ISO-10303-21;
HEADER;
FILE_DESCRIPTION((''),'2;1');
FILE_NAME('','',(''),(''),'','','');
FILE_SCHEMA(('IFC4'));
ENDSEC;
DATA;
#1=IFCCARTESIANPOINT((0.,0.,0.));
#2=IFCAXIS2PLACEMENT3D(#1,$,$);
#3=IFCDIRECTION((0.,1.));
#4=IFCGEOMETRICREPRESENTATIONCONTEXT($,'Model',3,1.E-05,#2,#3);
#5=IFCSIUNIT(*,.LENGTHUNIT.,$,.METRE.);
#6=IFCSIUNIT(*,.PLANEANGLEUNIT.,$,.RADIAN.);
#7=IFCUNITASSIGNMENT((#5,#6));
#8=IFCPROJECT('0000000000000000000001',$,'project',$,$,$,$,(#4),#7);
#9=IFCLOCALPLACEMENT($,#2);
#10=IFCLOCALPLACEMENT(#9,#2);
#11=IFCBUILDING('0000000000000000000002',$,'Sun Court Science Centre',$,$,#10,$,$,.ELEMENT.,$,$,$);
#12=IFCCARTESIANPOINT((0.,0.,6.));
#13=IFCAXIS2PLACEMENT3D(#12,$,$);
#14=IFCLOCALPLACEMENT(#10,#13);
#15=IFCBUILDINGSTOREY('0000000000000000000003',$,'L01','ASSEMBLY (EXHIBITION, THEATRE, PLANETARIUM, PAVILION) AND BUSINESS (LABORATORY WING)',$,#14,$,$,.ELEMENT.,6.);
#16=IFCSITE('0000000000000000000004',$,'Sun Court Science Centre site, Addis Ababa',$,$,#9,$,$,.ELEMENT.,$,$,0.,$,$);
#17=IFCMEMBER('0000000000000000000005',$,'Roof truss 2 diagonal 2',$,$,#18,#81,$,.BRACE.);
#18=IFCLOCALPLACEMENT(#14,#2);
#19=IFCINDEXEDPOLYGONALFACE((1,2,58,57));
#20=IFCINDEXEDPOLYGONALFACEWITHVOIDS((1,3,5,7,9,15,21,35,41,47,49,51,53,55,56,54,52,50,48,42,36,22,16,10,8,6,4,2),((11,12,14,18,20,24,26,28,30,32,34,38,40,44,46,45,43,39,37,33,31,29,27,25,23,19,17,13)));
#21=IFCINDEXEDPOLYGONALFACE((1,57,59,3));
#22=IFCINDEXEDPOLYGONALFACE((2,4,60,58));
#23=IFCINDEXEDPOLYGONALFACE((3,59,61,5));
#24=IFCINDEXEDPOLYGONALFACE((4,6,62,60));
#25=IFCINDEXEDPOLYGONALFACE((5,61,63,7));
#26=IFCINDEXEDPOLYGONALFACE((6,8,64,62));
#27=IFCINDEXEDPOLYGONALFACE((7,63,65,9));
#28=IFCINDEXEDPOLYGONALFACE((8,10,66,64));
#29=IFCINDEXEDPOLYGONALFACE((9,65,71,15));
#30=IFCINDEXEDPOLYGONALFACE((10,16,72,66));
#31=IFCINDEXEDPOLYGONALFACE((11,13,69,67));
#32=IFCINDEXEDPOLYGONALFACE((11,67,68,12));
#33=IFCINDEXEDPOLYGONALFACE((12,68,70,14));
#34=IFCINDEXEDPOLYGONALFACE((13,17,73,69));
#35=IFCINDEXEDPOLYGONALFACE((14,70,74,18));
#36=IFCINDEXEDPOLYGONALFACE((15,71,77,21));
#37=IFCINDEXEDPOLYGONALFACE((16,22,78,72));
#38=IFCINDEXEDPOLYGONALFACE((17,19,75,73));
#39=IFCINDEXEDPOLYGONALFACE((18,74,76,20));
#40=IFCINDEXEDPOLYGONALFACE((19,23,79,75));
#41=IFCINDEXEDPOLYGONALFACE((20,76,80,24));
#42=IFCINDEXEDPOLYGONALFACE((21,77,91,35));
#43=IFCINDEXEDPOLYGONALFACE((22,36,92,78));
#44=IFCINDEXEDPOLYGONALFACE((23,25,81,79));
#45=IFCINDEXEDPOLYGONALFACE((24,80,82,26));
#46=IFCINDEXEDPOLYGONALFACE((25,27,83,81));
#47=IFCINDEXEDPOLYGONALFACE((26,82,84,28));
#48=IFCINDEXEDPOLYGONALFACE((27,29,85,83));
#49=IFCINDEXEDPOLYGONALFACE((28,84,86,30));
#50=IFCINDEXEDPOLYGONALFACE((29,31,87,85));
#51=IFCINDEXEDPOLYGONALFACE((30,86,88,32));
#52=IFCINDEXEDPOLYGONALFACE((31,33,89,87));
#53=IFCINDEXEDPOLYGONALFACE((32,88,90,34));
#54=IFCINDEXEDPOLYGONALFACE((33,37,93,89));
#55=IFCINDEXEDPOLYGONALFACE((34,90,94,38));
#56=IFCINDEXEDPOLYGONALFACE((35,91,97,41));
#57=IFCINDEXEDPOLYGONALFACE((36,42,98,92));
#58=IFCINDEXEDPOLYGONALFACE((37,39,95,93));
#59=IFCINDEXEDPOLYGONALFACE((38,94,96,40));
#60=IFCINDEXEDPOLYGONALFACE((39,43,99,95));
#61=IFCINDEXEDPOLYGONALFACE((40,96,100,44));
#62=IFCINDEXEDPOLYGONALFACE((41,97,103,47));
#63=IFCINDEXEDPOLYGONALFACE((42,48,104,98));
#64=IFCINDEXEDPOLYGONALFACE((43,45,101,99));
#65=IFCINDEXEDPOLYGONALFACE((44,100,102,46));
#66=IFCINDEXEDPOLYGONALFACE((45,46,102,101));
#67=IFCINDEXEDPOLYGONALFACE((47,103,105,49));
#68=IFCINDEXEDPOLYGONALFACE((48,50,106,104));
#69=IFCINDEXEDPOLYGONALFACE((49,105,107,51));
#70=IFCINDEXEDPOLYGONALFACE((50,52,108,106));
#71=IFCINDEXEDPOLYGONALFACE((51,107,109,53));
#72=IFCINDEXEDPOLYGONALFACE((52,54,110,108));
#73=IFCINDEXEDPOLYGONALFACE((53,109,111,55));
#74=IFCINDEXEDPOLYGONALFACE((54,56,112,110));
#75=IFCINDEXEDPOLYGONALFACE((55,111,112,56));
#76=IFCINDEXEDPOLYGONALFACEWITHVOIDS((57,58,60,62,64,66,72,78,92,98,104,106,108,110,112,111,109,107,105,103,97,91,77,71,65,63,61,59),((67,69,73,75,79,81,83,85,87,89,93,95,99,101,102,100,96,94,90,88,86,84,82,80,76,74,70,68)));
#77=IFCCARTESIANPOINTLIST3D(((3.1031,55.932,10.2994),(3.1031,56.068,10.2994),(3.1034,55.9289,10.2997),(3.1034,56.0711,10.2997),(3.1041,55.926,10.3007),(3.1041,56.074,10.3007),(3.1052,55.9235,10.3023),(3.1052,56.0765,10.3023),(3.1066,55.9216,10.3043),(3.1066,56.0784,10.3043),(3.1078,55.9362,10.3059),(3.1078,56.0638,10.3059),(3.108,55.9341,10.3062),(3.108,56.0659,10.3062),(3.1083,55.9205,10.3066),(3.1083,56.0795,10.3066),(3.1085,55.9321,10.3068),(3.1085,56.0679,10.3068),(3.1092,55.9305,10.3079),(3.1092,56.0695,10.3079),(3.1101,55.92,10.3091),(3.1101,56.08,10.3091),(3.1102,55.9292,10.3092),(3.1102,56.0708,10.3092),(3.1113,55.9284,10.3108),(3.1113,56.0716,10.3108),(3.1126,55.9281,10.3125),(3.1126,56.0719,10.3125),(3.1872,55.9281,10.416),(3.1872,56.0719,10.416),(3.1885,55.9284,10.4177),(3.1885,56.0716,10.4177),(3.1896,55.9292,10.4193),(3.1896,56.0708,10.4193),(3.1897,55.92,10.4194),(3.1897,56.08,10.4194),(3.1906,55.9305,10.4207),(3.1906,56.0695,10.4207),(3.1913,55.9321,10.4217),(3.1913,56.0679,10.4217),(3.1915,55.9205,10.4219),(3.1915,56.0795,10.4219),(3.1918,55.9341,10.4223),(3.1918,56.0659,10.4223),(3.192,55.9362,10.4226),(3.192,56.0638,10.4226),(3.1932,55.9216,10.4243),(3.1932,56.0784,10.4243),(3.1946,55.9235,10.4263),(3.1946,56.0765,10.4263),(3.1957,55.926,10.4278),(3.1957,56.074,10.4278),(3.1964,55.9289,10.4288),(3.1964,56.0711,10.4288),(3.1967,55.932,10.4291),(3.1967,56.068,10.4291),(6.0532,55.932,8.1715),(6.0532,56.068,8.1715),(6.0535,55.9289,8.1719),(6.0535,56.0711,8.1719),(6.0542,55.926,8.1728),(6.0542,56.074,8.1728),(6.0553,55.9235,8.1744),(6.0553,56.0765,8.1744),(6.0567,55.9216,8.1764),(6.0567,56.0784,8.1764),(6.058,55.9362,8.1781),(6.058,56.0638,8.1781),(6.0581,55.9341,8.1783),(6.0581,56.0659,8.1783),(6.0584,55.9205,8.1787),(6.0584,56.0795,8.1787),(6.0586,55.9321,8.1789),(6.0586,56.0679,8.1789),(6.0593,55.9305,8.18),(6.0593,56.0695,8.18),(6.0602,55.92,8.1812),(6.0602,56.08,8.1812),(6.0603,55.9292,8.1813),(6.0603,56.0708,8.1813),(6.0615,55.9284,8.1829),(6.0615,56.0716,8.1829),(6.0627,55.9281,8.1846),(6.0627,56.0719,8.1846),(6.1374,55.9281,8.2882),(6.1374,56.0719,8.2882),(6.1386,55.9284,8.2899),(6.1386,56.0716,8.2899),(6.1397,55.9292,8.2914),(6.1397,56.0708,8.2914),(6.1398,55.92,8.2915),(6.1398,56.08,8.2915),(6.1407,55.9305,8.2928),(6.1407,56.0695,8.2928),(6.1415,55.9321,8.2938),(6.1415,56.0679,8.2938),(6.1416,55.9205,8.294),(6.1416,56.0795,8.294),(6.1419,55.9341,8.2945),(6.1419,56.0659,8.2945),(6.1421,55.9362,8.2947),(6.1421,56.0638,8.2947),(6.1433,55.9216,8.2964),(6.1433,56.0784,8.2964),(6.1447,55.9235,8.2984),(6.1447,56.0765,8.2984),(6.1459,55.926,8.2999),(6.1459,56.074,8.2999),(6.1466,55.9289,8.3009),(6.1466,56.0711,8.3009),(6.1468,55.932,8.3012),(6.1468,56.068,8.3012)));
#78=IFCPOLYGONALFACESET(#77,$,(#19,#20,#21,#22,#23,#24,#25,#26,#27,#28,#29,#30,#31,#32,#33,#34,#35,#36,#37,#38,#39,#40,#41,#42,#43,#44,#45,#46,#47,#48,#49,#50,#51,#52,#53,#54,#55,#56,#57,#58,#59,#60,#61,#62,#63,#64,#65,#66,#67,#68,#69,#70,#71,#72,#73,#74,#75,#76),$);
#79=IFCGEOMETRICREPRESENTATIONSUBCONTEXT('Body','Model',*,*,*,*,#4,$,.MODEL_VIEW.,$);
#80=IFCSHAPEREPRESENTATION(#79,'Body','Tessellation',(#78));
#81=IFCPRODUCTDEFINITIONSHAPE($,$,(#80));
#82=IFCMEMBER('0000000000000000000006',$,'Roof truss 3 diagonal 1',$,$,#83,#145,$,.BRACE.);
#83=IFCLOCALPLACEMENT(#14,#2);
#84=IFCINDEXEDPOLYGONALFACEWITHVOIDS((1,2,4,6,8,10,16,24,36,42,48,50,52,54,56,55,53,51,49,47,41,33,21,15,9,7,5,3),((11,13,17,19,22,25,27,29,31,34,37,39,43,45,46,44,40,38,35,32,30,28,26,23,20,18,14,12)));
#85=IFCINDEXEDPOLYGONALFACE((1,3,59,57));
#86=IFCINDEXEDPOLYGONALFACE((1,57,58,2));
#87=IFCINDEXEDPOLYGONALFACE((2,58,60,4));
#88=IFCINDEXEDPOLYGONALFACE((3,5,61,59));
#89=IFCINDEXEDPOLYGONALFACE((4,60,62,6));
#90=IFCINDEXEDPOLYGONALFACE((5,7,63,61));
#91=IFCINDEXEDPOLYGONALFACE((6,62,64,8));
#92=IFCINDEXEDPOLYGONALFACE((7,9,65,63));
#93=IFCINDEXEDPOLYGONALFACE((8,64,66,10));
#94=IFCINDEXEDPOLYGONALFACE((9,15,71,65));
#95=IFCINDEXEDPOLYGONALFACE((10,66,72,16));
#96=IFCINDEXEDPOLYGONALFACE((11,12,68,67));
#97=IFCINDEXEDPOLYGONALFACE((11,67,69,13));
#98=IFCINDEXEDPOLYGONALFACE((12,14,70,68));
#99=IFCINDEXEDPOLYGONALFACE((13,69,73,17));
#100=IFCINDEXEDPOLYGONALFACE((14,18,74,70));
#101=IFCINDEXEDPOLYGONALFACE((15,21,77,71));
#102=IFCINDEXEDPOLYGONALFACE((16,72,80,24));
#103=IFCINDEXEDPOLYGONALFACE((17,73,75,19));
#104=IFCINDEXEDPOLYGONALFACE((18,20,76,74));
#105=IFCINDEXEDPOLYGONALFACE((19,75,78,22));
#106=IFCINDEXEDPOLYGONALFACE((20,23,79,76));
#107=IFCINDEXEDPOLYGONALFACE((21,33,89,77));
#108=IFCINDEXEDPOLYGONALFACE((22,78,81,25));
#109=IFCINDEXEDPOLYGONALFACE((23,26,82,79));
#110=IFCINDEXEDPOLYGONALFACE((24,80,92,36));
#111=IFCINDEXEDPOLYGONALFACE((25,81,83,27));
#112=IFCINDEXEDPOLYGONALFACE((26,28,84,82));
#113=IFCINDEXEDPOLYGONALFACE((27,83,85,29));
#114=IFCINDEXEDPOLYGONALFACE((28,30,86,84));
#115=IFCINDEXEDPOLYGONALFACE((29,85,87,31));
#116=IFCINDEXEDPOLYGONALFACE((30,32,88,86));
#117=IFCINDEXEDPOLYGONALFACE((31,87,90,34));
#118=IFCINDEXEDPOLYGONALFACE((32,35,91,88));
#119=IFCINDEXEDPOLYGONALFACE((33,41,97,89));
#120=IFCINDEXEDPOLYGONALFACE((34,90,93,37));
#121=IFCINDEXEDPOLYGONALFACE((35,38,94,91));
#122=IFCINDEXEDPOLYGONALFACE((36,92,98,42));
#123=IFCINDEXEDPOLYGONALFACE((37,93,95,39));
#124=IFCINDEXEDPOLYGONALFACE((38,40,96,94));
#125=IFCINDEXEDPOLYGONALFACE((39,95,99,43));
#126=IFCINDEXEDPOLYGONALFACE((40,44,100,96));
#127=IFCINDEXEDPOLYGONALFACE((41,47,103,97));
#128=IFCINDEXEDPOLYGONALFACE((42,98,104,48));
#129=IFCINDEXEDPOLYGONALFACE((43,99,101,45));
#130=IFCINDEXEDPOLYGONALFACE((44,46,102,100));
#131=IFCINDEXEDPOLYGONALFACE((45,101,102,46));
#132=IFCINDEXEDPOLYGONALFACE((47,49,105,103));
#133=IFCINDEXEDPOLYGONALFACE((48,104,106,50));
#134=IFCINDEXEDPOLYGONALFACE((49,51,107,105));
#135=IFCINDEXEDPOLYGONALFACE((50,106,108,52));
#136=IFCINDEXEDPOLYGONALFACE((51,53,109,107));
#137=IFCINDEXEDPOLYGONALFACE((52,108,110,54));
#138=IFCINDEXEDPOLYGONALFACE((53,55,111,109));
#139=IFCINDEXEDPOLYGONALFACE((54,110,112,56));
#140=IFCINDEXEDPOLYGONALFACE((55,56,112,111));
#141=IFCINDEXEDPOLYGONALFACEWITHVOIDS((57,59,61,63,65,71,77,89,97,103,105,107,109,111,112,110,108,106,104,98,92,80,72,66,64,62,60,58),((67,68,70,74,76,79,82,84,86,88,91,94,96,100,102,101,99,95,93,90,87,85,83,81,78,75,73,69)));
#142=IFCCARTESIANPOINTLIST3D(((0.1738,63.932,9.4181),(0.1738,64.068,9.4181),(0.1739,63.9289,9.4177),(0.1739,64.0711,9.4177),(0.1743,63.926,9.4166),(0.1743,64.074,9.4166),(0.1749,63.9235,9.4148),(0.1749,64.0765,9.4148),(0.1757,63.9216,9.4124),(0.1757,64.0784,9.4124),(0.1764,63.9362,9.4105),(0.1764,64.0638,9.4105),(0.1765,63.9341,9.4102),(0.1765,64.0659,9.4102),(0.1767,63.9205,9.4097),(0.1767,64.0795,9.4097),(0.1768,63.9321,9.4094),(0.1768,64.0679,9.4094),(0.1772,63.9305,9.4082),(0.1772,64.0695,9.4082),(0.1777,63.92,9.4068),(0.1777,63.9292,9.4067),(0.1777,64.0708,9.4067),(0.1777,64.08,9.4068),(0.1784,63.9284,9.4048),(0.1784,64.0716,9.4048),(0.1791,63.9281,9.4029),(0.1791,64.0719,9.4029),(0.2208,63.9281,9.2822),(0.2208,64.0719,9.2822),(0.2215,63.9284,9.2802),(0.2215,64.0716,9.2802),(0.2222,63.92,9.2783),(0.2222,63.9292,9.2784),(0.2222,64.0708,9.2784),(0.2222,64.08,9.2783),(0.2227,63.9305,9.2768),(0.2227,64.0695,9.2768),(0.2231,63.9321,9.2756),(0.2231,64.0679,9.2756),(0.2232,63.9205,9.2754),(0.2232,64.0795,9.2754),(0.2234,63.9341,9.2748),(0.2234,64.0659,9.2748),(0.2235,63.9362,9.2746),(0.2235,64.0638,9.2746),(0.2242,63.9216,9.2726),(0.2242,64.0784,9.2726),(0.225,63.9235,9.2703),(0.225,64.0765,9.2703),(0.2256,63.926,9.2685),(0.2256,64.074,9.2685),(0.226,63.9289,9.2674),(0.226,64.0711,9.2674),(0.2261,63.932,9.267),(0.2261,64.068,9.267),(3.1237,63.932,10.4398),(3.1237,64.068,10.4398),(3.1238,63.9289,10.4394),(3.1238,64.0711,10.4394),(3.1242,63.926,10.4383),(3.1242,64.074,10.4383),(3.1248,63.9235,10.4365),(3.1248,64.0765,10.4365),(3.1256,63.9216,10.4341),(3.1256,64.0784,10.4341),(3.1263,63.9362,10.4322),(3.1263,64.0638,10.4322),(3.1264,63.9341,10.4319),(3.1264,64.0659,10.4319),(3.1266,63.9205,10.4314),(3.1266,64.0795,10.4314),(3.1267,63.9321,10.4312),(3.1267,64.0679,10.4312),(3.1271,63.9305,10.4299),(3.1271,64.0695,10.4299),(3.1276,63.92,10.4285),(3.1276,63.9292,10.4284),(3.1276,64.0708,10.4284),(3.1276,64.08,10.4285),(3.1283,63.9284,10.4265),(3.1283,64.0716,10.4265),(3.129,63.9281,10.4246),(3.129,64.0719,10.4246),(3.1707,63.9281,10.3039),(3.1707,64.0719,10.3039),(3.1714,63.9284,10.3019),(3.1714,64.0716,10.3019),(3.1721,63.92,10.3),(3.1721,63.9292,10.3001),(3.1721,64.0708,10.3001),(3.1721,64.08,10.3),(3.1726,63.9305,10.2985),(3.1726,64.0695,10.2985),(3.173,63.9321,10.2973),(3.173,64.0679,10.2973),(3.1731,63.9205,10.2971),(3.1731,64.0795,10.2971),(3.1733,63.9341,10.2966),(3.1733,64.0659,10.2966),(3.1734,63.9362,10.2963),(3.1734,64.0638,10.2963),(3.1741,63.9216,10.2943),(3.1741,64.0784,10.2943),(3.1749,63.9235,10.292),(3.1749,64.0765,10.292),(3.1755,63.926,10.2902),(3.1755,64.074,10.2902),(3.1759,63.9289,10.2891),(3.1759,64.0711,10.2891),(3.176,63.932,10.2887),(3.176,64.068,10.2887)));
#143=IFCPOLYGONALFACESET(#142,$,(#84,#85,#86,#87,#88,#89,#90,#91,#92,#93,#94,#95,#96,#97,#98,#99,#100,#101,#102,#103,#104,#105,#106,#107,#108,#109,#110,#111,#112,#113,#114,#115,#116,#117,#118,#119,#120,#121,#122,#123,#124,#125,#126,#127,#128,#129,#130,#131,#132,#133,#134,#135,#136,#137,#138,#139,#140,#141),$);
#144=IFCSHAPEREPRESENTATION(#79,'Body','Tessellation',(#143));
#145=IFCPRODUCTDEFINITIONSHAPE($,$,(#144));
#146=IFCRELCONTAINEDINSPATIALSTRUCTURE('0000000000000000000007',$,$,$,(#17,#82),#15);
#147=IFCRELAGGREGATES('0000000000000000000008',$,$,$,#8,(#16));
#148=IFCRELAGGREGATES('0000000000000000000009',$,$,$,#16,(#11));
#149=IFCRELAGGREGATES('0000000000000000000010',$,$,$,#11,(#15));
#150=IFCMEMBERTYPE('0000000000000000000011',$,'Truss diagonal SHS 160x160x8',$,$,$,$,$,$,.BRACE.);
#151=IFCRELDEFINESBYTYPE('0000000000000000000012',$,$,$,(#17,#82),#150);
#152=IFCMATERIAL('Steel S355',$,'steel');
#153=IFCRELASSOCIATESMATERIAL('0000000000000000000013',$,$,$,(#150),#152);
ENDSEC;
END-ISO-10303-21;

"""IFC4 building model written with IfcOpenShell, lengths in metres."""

from ifc_helpers import new_model, si_unit, direction, frame, origin, origin_2d, place, context, subcontext, project, spatial, hollow_rectangle, extrude, material, material_profile, profile_set, type_object, element, save


model = new_model("IFC4")

# Units and contexts
model_context = context("Model", 3, precision=1e-05, world=origin(), true_north=direction((0.0, 1.0)))
body_context = subcontext(model_context, "Body", "Model", "MODEL_VIEW")
ifc_project = project(units=[si_unit("LENGTHUNIT", "METRE"), si_unit("PLANEANGLEUNIT", "RADIAN")], contexts=[model_context])

# Site, building, storey
site_placement = place(None, origin())
site = spatial("IfcSite", under=ifc_project, at=site_placement, Name="Sun Court Science Centre site, Addis Ababa", CompositionType="ELEMENT", RefElevation=0.0)
building_placement = place(site_placement, origin())
building = spatial("IfcBuilding", under=site, at=building_placement, Name="Sun Court Science Centre", CompositionType="ELEMENT")
storey_placement = place(building_placement, frame((0.0, 0.0, 6.0)))
storey = spatial("IfcBuildingStorey", under=building, at=storey_placement, Name="L01", Description="ASSEMBLY (EXHIBITION, THEATRE, PLANETARIUM, PAVILION) AND BUSINESS (LABORATORY WING)", CompositionType="ELEMENT", Elevation=6.0)

# Members
ifc_material_1 = material(Name="Steel S355", Category="steel")
ifc_material_profile_1 = material_profile(ifc_material_1, hollow_rectangle(XDim=0.1599, YDim=0.1599, WallThickness=0.0081, InnerFilletRadius=0.0081, OuterFilletRadius=0.012, at=origin_2d()), Name="SHS 160x160x8")
ifc_profile_set_1 = profile_set([ifc_material_profile_1], Name="Steel S355")
member_type_1 = type_object("IfcMemberType", Name="Truss diagonal SHS 160x160x8", PredefinedType="BRACE", material=ifc_profile_set_1)
member_1_placement = place(storey_placement, frame((3.1499, 56.0, 10.3643), z_axis=(0.81104, 0.0, -0.584991), x_axis=(0.0, 1.0, 0.0)))
element("IfcMember", 1, at=member_1_placement, inside=storey, type_object=member_type_1, Name="Roof truss 2 diagonal 2", PredefinedType="BRACE", context=body_context, shape_type="SweptSolid", body=[
    extrude(hollow_rectangle(XDim=0.1599, YDim=0.1599, WallThickness=0.0081, InnerFilletRadius=0.0081, OuterFilletRadius=0.012, at=origin_2d()), origin(), (0.0, 0.0, 1.0), 3.6375),
])
member_2_placement = place(storey_placement, frame((0.2, 64.0, 9.3425), z_axis=(0.944927, 0.0, 0.32728), x_axis=(0.0, 1.0, 0.0)))
element("IfcMember", 2, at=member_2_placement, inside=storey, type_object=member_type_1, Name="Roof truss 3 diagonal 1", PredefinedType="BRACE", context=body_context, shape_type="SweptSolid", body=[
    extrude(hollow_rectangle(XDim=0.1599, YDim=0.1599, WallThickness=0.0081, InnerFilletRadius=0.0081, OuterFilletRadius=0.012, at=origin_2d()), origin(), (0.0, 0.0, 1.0), 3.1218),
])

save(model, "model.ifc")
